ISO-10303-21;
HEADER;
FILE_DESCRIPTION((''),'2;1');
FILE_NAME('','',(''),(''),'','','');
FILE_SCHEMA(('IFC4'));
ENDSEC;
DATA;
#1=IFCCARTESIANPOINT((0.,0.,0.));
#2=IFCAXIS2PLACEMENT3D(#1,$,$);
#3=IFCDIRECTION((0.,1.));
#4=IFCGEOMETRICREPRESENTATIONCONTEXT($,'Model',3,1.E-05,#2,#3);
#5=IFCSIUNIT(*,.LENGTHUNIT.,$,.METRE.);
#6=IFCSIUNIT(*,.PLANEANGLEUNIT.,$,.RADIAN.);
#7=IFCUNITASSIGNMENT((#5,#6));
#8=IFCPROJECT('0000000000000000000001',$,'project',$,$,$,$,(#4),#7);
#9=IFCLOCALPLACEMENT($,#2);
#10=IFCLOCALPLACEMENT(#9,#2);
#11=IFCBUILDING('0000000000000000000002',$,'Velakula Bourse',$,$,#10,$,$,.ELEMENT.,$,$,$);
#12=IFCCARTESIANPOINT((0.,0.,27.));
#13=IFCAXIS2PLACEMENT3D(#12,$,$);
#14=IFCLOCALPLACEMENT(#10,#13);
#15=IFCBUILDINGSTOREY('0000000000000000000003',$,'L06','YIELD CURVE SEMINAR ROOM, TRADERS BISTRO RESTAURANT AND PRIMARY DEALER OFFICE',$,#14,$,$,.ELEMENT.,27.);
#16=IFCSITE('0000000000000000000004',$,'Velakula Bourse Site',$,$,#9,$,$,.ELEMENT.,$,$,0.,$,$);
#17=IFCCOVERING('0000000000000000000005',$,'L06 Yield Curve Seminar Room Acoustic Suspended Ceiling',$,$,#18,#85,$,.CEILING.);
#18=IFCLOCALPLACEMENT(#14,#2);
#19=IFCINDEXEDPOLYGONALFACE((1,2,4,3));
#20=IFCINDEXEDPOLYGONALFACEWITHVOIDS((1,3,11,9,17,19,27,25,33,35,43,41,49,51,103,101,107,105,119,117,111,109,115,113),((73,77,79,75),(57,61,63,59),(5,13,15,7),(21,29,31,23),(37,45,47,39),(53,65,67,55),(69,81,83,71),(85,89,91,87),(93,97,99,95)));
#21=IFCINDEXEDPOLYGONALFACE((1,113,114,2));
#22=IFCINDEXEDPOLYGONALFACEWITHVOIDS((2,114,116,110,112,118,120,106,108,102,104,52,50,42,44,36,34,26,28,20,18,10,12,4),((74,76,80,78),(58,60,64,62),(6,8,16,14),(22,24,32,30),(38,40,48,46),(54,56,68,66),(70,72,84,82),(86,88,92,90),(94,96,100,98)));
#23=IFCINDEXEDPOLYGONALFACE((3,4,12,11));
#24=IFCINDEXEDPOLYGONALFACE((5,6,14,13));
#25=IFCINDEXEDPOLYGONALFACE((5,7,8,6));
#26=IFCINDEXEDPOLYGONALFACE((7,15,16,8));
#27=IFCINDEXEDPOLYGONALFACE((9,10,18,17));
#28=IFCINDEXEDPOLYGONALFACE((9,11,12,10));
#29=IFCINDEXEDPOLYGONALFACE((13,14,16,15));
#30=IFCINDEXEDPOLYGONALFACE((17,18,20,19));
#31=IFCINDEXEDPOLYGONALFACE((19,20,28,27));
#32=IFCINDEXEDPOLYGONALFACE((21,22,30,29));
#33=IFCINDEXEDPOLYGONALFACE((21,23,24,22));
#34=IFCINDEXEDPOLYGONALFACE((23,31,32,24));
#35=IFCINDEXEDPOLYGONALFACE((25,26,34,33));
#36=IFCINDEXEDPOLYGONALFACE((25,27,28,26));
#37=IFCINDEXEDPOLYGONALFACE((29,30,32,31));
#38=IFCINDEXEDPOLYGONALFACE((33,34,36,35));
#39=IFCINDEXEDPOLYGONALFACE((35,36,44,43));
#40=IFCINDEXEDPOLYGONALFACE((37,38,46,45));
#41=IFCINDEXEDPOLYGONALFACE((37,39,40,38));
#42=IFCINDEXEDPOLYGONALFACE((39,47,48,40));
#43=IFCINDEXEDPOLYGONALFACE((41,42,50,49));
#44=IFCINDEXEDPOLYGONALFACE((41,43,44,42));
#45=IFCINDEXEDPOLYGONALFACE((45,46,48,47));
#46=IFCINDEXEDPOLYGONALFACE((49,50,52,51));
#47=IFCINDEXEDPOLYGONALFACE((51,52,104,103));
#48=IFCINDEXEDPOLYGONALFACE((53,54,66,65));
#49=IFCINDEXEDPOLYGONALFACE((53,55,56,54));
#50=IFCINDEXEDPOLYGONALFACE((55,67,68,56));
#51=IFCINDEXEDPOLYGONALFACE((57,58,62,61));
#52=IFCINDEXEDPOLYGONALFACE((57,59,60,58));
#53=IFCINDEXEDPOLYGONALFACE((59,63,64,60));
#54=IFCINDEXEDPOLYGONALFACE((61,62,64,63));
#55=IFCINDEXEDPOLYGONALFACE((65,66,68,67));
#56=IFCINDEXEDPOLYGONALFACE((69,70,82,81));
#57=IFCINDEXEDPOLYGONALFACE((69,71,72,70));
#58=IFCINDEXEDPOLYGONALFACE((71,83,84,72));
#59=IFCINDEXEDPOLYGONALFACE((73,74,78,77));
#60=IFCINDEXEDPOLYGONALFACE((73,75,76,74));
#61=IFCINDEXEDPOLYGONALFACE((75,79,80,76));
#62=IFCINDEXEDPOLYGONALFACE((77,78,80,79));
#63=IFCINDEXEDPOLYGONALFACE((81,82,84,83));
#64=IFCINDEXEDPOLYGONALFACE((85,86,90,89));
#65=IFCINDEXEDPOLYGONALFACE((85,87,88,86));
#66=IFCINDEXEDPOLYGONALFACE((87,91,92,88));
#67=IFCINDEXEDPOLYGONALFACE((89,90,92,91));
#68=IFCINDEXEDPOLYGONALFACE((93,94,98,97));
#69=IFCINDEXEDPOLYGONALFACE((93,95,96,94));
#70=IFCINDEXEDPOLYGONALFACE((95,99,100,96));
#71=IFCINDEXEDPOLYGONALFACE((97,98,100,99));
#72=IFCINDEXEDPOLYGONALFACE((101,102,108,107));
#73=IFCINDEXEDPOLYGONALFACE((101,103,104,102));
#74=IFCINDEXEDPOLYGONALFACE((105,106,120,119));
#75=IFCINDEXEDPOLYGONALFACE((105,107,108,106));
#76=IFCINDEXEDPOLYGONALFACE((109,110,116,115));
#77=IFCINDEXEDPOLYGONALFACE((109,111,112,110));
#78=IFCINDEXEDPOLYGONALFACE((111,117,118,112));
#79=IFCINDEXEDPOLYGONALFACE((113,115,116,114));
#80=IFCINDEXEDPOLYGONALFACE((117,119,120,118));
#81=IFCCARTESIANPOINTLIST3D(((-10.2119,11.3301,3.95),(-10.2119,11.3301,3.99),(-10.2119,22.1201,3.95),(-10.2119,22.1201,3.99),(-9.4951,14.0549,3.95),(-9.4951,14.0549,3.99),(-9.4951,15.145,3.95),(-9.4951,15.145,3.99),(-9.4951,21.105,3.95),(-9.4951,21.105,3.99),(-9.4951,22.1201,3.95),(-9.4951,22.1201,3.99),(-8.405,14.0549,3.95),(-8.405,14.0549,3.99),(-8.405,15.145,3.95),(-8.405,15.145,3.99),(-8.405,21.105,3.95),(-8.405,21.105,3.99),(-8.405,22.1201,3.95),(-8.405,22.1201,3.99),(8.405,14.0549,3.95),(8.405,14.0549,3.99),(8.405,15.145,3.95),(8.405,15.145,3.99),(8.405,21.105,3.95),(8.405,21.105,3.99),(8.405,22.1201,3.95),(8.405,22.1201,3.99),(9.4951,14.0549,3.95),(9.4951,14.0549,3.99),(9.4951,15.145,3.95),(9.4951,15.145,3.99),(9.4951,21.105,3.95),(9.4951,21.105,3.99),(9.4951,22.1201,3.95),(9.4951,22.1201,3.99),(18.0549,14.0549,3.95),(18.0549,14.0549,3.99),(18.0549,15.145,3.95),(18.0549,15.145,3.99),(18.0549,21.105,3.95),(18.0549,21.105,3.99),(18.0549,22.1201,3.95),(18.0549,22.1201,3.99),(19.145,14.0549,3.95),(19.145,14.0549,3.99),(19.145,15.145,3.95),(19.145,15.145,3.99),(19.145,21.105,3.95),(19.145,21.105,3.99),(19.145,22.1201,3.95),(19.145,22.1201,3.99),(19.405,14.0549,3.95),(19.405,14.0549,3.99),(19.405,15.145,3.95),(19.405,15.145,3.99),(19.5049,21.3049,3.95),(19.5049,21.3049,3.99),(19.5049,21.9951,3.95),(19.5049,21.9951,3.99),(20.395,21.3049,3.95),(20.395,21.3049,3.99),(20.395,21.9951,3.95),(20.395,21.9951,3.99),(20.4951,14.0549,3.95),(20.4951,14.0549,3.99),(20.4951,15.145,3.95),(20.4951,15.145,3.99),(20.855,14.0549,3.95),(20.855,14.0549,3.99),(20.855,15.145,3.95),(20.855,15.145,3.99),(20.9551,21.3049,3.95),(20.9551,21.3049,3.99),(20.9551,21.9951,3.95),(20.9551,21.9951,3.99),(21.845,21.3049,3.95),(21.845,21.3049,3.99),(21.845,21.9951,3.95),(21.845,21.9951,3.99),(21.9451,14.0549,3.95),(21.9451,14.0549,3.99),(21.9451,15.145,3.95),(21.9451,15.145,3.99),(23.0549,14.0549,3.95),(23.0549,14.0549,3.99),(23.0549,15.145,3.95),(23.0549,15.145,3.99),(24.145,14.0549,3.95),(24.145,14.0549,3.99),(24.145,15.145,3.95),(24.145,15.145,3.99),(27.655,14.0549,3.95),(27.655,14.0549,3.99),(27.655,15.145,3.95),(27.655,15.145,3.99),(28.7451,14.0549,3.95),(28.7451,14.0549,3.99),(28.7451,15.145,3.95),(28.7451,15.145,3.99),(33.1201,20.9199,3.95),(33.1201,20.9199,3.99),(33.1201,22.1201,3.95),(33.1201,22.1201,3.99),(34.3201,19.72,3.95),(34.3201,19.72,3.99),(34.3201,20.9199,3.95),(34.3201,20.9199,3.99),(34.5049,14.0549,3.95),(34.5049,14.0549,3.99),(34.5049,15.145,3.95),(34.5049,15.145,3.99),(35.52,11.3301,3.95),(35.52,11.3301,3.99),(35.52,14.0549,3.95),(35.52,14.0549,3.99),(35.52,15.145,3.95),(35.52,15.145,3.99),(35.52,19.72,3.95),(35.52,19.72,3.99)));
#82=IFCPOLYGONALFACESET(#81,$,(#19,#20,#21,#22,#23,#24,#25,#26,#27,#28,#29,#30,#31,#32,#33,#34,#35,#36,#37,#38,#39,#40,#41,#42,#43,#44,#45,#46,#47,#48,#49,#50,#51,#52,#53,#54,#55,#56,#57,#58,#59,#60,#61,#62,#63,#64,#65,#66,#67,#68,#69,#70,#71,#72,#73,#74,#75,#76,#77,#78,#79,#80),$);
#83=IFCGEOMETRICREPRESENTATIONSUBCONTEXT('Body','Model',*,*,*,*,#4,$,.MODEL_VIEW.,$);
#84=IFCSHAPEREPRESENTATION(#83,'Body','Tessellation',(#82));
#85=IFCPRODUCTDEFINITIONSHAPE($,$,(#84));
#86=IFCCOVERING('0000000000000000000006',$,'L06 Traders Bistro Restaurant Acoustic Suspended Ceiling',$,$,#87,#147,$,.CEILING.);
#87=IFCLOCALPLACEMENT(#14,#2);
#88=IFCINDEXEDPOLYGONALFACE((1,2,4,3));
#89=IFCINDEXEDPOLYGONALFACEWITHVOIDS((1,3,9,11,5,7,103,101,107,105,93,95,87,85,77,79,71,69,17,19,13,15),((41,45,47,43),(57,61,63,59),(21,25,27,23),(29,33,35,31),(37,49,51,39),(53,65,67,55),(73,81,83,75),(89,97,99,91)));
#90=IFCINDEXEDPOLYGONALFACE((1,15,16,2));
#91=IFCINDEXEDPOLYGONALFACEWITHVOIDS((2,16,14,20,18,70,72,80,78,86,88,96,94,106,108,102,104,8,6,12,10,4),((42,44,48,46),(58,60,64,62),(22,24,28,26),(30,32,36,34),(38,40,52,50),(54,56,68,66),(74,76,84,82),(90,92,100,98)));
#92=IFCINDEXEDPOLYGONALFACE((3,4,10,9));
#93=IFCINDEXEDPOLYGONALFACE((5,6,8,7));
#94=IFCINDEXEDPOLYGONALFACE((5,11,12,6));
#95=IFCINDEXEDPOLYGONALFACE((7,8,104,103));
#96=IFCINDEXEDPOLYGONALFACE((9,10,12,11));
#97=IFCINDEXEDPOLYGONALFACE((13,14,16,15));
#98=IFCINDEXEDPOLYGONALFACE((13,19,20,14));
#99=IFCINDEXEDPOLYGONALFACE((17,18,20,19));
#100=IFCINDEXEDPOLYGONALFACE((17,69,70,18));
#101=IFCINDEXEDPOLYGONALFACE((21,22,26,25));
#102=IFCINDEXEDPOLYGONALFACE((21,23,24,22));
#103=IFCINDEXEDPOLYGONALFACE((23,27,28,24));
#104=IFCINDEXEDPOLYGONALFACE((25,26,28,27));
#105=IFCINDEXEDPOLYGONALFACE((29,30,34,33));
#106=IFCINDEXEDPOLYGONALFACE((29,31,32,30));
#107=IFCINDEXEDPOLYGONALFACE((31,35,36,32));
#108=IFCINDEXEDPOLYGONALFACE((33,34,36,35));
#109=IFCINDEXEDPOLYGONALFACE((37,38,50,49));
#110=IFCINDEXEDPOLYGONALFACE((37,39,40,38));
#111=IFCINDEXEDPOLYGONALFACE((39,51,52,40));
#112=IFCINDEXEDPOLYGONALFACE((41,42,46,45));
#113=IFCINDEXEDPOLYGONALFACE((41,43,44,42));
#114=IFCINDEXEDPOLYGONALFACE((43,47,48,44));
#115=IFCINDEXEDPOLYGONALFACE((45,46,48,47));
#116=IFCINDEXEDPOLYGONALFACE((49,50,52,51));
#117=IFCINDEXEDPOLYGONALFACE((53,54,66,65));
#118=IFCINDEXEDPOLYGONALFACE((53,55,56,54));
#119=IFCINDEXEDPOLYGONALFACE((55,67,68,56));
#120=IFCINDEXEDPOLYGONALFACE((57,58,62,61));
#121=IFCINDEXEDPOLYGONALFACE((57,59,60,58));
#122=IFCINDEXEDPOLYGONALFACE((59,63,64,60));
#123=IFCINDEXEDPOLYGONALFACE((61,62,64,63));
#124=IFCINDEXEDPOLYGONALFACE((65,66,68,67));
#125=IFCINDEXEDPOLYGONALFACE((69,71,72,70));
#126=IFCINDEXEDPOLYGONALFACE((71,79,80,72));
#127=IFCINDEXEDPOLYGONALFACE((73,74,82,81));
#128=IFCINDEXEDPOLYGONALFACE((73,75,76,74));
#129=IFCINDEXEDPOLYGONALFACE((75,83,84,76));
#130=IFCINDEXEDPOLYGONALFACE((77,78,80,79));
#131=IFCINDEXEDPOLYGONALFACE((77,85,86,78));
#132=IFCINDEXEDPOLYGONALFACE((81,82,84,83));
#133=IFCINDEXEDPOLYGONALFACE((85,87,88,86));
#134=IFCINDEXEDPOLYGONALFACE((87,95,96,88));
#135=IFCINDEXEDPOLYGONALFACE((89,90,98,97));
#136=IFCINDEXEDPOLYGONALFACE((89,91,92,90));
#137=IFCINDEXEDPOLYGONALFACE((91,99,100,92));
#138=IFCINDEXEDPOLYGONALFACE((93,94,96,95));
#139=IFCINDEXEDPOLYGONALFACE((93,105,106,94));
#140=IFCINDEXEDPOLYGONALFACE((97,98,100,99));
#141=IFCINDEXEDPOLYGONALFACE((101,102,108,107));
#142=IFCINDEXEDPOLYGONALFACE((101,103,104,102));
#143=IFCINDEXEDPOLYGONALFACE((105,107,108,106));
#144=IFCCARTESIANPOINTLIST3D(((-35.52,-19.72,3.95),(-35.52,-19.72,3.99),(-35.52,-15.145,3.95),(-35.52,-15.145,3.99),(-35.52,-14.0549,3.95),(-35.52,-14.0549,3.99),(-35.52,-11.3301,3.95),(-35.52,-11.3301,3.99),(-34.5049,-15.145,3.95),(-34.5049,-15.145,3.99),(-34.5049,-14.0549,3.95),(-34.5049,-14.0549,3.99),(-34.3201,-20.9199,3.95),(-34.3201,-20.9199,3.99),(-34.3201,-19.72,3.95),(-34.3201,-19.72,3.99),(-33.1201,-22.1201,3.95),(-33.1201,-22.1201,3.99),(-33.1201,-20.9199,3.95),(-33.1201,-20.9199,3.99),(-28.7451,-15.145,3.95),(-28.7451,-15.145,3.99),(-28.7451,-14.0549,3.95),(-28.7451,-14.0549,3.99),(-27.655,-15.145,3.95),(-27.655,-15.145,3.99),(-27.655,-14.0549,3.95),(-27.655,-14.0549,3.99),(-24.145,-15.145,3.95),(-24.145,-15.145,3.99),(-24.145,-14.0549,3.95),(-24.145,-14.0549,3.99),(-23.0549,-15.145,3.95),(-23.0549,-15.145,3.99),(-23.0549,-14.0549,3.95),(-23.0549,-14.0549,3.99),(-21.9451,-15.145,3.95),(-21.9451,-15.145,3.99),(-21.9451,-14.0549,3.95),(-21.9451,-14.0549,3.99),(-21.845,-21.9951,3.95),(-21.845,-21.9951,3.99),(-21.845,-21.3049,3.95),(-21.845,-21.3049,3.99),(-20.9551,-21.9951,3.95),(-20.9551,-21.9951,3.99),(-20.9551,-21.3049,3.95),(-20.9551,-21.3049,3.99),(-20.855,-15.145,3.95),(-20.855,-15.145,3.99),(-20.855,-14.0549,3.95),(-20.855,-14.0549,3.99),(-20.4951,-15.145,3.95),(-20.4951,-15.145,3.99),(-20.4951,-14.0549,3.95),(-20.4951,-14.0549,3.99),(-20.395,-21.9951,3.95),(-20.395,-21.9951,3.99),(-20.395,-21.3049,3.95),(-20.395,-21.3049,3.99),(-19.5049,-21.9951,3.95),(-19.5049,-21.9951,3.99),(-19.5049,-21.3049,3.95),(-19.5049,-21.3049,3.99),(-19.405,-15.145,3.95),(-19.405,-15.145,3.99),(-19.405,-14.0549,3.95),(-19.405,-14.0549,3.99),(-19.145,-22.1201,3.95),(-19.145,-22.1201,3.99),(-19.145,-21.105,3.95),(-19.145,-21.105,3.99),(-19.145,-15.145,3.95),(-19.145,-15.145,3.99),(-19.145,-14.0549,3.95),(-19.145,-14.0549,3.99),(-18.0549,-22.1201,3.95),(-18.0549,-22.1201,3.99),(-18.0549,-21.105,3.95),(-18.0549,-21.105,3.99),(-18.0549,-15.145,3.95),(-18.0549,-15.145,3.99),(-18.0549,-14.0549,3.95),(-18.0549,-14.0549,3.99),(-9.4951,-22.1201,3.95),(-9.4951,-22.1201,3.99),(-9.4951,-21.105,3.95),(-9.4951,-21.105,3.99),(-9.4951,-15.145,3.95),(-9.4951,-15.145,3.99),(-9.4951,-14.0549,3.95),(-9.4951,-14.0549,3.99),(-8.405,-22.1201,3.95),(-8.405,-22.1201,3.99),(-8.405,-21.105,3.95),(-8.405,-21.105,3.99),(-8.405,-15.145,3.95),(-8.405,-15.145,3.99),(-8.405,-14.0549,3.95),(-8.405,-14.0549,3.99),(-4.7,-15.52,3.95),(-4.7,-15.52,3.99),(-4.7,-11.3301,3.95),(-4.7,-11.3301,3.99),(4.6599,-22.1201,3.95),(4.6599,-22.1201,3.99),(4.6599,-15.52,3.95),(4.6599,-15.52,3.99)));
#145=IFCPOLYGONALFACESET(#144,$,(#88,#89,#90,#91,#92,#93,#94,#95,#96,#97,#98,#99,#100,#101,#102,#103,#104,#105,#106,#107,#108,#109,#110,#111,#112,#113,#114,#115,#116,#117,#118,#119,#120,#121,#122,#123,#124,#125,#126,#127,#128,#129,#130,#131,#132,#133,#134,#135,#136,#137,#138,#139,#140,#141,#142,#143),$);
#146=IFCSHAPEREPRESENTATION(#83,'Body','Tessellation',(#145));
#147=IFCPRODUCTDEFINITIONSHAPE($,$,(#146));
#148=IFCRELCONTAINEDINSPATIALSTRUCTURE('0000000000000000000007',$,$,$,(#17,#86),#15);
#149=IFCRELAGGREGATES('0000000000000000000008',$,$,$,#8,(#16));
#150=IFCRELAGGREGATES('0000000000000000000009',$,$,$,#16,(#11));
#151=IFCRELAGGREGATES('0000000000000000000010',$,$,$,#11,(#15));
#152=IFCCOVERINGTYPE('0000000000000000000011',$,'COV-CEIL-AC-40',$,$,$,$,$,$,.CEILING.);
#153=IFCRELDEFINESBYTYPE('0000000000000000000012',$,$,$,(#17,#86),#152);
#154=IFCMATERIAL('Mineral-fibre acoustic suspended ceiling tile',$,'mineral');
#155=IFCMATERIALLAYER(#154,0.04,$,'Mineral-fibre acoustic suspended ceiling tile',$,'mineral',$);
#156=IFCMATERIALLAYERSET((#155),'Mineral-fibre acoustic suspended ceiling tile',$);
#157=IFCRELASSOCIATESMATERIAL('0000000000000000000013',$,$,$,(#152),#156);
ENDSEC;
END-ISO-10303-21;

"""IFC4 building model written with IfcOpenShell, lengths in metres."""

from ifc_helpers import new_model, si_unit, direction, frame, origin, place, context, subcontext, project, spatial, polyline, outline, extrude, material, layer, layer_set, type_object, element, save


model = new_model("IFC4")

# Units and contexts
model_context = context("Model", 3, precision=1e-05, world=origin(), true_north=direction((0.0, 1.0)))
body_context = subcontext(model_context, "Body", "Model", "MODEL_VIEW")
ifc_project = project(units=[si_unit("LENGTHUNIT", "METRE"), si_unit("PLANEANGLEUNIT", "RADIAN")], contexts=[model_context])

# Site, building, storey
site_placement = place(None, origin())
site = spatial("IfcSite", under=ifc_project, at=site_placement, Name="Velakula Bourse Site", CompositionType="ELEMENT", RefElevation=0.0)
building_placement = place(site_placement, origin())
building = spatial("IfcBuilding", under=site, at=building_placement, Name="Velakula Bourse", CompositionType="ELEMENT")
storey_placement = place(building_placement, frame((0.0, 0.0, 27.0)))
storey = spatial("IfcBuildingStorey", under=building, at=storey_placement, Name="L06", Description="YIELD CURVE SEMINAR ROOM, TRADERS BISTRO RESTAURANT AND PRIMARY DEALER OFFICE", CompositionType="ELEMENT", Elevation=27.0)

# Coverings
ifc_material_1 = material(Name="Mineral-fibre acoustic suspended ceiling tile", Category="mineral")
ifc_layer_1 = layer(ifc_material_1, 0.04, Name="Mineral-fibre acoustic suspended ceiling tile", Category="mineral")
ifc_layer_set_1 = layer_set([ifc_layer_1], Name="Mineral-fibre acoustic suspended ceiling tile")
covering_type_1 = type_object("IfcCoveringType", Name="COV-CEIL-AC-40", PredefinedType="CEILING", material=ifc_layer_set_1)
covering_1_placement = place(storey_placement, frame((0.0, 0.0, 3.95)))
element("IfcCovering", 1, at=covering_1_placement, inside=storey, type_object=covering_type_1, Name="L06 Yield Curve Seminar Room Acoustic Suspended Ceiling", PredefinedType="CEILING", context=body_context, shape_type="SweptSolid", body=[
    extrude(outline(polyline([(8.405, 22.1201), (8.405, 21.105), (9.4951, 21.105), (9.4951, 22.1201), (18.0549, 22.1201), (18.0549, 21.105), (19.145, 21.105), (19.145, 22.1201), (33.1201, 22.1201), (33.1201, 20.9199), (34.3201, 20.9199), (34.3201, 19.72), (35.52, 19.72), (35.52, 15.145), (34.5049, 15.145), (34.5049, 14.0549), (35.52, 14.0549), (35.52, 11.3301), (-10.2119, 11.3301), (-10.2119, 22.1201), (-9.4951, 22.1201), (-9.4951, 21.105), (-8.405, 21.105), (-8.405, 22.1201), (8.405, 22.1201)]), holes=[polyline([(8.405, 15.145), (8.405, 14.0549), (9.4951, 14.0549), (9.4951, 15.145), (8.405, 15.145)]), polyline([(-9.4951, 14.0549), (-8.405, 14.0549), (-8.405, 15.145), (-9.4951, 15.145), (-9.4951, 14.0549)]), polyline([(27.655, 15.145), (27.655, 14.0549), (28.7451, 14.0549), (28.7451, 15.145), (27.655, 15.145)]), polyline([(23.0549, 15.145), (23.0549, 14.0549), (24.145, 14.0549), (24.145, 15.145), (23.0549, 15.145)]), polyline([(20.855, 14.0549), (21.9451, 14.0549), (21.9451, 15.145), (20.855, 15.145), (20.855, 14.0549)]), polyline([(19.405, 14.0549), (20.4951, 14.0549), (20.4951, 15.145), (19.405, 15.145), (19.405, 14.0549)]), polyline([(18.0549, 14.0549), (19.145, 14.0549), (19.145, 15.145), (18.0549, 15.145), (18.0549, 14.0549)]), polyline([(20.9551, 21.9951), (20.9551, 21.3049), (21.845, 21.3049), (21.845, 21.9951), (20.9551, 21.9951)]), polyline([(19.5049, 21.9951), (19.5049, 21.3049), (20.395, 21.3049), (20.395, 21.9951), (19.5049, 21.9951)])]), origin(), (0.0, 0.0, 1.0), 0.04),
])
covering_2_placement = place(storey_placement, frame((0.0, 0.0, 3.95)))
element("IfcCovering", 2, at=covering_2_placement, inside=storey, type_object=covering_type_1, Name="L06 Traders Bistro Restaurant Acoustic Suspended Ceiling", PredefinedType="CEILING", context=body_context, shape_type="SweptSolid", body=[
    extrude(outline(polyline([(-35.52, -11.3301), (-4.7, -11.3301), (-4.7, -15.52), (4.6599, -15.52), (4.6599, -22.1201), (-8.405, -22.1201), (-8.405, -21.105), (-9.4951, -21.105), (-9.4951, -22.1201), (-18.0549, -22.1201), (-18.0549, -21.105), (-19.145, -21.105), (-19.145, -22.1201), (-33.1201, -22.1201), (-33.1201, -20.9199), (-34.3201, -20.9199), (-34.3201, -19.72), (-35.52, -19.72), (-35.52, -15.145), (-34.5049, -15.145), (-34.5049, -14.0549), (-35.52, -14.0549), (-35.52, -11.3301)]), holes=[polyline([(-20.395, -21.9951), (-19.5049, -21.9951), (-19.5049, -21.3049), (-20.395, -21.3049), (-20.395, -21.9951)]), polyline([(-21.845, -21.9951), (-20.9551, -21.9951), (-20.9551, -21.3049), (-21.845, -21.3049), (-21.845, -21.9951)]), polyline([(-19.145, -15.145), (-18.0549, -15.145), (-18.0549, -14.0549), (-19.145, -14.0549), (-19.145, -15.145)]), polyline([(-28.7451, -14.0549), (-28.7451, -15.145), (-27.655, -15.145), (-27.655, -14.0549), (-28.7451, -14.0549)]), polyline([(-20.4951, -15.145), (-19.405, -15.145), (-19.405, -14.0549), (-20.4951, -14.0549), (-20.4951, -15.145)]), polyline([(-24.145, -15.145), (-23.0549, -15.145), (-23.0549, -14.0549), (-24.145, -14.0549), (-24.145, -15.145)]), polyline([(-21.9451, -15.145), (-20.855, -15.145), (-20.855, -14.0549), (-21.9451, -14.0549), (-21.9451, -15.145)]), polyline([(-9.4951, -15.145), (-8.405, -15.145), (-8.405, -14.0549), (-9.4951, -14.0549), (-9.4951, -15.145)])]), origin(), (0.0, 0.0, 1.0), 0.04),
])

save(model, "model.ifc")
